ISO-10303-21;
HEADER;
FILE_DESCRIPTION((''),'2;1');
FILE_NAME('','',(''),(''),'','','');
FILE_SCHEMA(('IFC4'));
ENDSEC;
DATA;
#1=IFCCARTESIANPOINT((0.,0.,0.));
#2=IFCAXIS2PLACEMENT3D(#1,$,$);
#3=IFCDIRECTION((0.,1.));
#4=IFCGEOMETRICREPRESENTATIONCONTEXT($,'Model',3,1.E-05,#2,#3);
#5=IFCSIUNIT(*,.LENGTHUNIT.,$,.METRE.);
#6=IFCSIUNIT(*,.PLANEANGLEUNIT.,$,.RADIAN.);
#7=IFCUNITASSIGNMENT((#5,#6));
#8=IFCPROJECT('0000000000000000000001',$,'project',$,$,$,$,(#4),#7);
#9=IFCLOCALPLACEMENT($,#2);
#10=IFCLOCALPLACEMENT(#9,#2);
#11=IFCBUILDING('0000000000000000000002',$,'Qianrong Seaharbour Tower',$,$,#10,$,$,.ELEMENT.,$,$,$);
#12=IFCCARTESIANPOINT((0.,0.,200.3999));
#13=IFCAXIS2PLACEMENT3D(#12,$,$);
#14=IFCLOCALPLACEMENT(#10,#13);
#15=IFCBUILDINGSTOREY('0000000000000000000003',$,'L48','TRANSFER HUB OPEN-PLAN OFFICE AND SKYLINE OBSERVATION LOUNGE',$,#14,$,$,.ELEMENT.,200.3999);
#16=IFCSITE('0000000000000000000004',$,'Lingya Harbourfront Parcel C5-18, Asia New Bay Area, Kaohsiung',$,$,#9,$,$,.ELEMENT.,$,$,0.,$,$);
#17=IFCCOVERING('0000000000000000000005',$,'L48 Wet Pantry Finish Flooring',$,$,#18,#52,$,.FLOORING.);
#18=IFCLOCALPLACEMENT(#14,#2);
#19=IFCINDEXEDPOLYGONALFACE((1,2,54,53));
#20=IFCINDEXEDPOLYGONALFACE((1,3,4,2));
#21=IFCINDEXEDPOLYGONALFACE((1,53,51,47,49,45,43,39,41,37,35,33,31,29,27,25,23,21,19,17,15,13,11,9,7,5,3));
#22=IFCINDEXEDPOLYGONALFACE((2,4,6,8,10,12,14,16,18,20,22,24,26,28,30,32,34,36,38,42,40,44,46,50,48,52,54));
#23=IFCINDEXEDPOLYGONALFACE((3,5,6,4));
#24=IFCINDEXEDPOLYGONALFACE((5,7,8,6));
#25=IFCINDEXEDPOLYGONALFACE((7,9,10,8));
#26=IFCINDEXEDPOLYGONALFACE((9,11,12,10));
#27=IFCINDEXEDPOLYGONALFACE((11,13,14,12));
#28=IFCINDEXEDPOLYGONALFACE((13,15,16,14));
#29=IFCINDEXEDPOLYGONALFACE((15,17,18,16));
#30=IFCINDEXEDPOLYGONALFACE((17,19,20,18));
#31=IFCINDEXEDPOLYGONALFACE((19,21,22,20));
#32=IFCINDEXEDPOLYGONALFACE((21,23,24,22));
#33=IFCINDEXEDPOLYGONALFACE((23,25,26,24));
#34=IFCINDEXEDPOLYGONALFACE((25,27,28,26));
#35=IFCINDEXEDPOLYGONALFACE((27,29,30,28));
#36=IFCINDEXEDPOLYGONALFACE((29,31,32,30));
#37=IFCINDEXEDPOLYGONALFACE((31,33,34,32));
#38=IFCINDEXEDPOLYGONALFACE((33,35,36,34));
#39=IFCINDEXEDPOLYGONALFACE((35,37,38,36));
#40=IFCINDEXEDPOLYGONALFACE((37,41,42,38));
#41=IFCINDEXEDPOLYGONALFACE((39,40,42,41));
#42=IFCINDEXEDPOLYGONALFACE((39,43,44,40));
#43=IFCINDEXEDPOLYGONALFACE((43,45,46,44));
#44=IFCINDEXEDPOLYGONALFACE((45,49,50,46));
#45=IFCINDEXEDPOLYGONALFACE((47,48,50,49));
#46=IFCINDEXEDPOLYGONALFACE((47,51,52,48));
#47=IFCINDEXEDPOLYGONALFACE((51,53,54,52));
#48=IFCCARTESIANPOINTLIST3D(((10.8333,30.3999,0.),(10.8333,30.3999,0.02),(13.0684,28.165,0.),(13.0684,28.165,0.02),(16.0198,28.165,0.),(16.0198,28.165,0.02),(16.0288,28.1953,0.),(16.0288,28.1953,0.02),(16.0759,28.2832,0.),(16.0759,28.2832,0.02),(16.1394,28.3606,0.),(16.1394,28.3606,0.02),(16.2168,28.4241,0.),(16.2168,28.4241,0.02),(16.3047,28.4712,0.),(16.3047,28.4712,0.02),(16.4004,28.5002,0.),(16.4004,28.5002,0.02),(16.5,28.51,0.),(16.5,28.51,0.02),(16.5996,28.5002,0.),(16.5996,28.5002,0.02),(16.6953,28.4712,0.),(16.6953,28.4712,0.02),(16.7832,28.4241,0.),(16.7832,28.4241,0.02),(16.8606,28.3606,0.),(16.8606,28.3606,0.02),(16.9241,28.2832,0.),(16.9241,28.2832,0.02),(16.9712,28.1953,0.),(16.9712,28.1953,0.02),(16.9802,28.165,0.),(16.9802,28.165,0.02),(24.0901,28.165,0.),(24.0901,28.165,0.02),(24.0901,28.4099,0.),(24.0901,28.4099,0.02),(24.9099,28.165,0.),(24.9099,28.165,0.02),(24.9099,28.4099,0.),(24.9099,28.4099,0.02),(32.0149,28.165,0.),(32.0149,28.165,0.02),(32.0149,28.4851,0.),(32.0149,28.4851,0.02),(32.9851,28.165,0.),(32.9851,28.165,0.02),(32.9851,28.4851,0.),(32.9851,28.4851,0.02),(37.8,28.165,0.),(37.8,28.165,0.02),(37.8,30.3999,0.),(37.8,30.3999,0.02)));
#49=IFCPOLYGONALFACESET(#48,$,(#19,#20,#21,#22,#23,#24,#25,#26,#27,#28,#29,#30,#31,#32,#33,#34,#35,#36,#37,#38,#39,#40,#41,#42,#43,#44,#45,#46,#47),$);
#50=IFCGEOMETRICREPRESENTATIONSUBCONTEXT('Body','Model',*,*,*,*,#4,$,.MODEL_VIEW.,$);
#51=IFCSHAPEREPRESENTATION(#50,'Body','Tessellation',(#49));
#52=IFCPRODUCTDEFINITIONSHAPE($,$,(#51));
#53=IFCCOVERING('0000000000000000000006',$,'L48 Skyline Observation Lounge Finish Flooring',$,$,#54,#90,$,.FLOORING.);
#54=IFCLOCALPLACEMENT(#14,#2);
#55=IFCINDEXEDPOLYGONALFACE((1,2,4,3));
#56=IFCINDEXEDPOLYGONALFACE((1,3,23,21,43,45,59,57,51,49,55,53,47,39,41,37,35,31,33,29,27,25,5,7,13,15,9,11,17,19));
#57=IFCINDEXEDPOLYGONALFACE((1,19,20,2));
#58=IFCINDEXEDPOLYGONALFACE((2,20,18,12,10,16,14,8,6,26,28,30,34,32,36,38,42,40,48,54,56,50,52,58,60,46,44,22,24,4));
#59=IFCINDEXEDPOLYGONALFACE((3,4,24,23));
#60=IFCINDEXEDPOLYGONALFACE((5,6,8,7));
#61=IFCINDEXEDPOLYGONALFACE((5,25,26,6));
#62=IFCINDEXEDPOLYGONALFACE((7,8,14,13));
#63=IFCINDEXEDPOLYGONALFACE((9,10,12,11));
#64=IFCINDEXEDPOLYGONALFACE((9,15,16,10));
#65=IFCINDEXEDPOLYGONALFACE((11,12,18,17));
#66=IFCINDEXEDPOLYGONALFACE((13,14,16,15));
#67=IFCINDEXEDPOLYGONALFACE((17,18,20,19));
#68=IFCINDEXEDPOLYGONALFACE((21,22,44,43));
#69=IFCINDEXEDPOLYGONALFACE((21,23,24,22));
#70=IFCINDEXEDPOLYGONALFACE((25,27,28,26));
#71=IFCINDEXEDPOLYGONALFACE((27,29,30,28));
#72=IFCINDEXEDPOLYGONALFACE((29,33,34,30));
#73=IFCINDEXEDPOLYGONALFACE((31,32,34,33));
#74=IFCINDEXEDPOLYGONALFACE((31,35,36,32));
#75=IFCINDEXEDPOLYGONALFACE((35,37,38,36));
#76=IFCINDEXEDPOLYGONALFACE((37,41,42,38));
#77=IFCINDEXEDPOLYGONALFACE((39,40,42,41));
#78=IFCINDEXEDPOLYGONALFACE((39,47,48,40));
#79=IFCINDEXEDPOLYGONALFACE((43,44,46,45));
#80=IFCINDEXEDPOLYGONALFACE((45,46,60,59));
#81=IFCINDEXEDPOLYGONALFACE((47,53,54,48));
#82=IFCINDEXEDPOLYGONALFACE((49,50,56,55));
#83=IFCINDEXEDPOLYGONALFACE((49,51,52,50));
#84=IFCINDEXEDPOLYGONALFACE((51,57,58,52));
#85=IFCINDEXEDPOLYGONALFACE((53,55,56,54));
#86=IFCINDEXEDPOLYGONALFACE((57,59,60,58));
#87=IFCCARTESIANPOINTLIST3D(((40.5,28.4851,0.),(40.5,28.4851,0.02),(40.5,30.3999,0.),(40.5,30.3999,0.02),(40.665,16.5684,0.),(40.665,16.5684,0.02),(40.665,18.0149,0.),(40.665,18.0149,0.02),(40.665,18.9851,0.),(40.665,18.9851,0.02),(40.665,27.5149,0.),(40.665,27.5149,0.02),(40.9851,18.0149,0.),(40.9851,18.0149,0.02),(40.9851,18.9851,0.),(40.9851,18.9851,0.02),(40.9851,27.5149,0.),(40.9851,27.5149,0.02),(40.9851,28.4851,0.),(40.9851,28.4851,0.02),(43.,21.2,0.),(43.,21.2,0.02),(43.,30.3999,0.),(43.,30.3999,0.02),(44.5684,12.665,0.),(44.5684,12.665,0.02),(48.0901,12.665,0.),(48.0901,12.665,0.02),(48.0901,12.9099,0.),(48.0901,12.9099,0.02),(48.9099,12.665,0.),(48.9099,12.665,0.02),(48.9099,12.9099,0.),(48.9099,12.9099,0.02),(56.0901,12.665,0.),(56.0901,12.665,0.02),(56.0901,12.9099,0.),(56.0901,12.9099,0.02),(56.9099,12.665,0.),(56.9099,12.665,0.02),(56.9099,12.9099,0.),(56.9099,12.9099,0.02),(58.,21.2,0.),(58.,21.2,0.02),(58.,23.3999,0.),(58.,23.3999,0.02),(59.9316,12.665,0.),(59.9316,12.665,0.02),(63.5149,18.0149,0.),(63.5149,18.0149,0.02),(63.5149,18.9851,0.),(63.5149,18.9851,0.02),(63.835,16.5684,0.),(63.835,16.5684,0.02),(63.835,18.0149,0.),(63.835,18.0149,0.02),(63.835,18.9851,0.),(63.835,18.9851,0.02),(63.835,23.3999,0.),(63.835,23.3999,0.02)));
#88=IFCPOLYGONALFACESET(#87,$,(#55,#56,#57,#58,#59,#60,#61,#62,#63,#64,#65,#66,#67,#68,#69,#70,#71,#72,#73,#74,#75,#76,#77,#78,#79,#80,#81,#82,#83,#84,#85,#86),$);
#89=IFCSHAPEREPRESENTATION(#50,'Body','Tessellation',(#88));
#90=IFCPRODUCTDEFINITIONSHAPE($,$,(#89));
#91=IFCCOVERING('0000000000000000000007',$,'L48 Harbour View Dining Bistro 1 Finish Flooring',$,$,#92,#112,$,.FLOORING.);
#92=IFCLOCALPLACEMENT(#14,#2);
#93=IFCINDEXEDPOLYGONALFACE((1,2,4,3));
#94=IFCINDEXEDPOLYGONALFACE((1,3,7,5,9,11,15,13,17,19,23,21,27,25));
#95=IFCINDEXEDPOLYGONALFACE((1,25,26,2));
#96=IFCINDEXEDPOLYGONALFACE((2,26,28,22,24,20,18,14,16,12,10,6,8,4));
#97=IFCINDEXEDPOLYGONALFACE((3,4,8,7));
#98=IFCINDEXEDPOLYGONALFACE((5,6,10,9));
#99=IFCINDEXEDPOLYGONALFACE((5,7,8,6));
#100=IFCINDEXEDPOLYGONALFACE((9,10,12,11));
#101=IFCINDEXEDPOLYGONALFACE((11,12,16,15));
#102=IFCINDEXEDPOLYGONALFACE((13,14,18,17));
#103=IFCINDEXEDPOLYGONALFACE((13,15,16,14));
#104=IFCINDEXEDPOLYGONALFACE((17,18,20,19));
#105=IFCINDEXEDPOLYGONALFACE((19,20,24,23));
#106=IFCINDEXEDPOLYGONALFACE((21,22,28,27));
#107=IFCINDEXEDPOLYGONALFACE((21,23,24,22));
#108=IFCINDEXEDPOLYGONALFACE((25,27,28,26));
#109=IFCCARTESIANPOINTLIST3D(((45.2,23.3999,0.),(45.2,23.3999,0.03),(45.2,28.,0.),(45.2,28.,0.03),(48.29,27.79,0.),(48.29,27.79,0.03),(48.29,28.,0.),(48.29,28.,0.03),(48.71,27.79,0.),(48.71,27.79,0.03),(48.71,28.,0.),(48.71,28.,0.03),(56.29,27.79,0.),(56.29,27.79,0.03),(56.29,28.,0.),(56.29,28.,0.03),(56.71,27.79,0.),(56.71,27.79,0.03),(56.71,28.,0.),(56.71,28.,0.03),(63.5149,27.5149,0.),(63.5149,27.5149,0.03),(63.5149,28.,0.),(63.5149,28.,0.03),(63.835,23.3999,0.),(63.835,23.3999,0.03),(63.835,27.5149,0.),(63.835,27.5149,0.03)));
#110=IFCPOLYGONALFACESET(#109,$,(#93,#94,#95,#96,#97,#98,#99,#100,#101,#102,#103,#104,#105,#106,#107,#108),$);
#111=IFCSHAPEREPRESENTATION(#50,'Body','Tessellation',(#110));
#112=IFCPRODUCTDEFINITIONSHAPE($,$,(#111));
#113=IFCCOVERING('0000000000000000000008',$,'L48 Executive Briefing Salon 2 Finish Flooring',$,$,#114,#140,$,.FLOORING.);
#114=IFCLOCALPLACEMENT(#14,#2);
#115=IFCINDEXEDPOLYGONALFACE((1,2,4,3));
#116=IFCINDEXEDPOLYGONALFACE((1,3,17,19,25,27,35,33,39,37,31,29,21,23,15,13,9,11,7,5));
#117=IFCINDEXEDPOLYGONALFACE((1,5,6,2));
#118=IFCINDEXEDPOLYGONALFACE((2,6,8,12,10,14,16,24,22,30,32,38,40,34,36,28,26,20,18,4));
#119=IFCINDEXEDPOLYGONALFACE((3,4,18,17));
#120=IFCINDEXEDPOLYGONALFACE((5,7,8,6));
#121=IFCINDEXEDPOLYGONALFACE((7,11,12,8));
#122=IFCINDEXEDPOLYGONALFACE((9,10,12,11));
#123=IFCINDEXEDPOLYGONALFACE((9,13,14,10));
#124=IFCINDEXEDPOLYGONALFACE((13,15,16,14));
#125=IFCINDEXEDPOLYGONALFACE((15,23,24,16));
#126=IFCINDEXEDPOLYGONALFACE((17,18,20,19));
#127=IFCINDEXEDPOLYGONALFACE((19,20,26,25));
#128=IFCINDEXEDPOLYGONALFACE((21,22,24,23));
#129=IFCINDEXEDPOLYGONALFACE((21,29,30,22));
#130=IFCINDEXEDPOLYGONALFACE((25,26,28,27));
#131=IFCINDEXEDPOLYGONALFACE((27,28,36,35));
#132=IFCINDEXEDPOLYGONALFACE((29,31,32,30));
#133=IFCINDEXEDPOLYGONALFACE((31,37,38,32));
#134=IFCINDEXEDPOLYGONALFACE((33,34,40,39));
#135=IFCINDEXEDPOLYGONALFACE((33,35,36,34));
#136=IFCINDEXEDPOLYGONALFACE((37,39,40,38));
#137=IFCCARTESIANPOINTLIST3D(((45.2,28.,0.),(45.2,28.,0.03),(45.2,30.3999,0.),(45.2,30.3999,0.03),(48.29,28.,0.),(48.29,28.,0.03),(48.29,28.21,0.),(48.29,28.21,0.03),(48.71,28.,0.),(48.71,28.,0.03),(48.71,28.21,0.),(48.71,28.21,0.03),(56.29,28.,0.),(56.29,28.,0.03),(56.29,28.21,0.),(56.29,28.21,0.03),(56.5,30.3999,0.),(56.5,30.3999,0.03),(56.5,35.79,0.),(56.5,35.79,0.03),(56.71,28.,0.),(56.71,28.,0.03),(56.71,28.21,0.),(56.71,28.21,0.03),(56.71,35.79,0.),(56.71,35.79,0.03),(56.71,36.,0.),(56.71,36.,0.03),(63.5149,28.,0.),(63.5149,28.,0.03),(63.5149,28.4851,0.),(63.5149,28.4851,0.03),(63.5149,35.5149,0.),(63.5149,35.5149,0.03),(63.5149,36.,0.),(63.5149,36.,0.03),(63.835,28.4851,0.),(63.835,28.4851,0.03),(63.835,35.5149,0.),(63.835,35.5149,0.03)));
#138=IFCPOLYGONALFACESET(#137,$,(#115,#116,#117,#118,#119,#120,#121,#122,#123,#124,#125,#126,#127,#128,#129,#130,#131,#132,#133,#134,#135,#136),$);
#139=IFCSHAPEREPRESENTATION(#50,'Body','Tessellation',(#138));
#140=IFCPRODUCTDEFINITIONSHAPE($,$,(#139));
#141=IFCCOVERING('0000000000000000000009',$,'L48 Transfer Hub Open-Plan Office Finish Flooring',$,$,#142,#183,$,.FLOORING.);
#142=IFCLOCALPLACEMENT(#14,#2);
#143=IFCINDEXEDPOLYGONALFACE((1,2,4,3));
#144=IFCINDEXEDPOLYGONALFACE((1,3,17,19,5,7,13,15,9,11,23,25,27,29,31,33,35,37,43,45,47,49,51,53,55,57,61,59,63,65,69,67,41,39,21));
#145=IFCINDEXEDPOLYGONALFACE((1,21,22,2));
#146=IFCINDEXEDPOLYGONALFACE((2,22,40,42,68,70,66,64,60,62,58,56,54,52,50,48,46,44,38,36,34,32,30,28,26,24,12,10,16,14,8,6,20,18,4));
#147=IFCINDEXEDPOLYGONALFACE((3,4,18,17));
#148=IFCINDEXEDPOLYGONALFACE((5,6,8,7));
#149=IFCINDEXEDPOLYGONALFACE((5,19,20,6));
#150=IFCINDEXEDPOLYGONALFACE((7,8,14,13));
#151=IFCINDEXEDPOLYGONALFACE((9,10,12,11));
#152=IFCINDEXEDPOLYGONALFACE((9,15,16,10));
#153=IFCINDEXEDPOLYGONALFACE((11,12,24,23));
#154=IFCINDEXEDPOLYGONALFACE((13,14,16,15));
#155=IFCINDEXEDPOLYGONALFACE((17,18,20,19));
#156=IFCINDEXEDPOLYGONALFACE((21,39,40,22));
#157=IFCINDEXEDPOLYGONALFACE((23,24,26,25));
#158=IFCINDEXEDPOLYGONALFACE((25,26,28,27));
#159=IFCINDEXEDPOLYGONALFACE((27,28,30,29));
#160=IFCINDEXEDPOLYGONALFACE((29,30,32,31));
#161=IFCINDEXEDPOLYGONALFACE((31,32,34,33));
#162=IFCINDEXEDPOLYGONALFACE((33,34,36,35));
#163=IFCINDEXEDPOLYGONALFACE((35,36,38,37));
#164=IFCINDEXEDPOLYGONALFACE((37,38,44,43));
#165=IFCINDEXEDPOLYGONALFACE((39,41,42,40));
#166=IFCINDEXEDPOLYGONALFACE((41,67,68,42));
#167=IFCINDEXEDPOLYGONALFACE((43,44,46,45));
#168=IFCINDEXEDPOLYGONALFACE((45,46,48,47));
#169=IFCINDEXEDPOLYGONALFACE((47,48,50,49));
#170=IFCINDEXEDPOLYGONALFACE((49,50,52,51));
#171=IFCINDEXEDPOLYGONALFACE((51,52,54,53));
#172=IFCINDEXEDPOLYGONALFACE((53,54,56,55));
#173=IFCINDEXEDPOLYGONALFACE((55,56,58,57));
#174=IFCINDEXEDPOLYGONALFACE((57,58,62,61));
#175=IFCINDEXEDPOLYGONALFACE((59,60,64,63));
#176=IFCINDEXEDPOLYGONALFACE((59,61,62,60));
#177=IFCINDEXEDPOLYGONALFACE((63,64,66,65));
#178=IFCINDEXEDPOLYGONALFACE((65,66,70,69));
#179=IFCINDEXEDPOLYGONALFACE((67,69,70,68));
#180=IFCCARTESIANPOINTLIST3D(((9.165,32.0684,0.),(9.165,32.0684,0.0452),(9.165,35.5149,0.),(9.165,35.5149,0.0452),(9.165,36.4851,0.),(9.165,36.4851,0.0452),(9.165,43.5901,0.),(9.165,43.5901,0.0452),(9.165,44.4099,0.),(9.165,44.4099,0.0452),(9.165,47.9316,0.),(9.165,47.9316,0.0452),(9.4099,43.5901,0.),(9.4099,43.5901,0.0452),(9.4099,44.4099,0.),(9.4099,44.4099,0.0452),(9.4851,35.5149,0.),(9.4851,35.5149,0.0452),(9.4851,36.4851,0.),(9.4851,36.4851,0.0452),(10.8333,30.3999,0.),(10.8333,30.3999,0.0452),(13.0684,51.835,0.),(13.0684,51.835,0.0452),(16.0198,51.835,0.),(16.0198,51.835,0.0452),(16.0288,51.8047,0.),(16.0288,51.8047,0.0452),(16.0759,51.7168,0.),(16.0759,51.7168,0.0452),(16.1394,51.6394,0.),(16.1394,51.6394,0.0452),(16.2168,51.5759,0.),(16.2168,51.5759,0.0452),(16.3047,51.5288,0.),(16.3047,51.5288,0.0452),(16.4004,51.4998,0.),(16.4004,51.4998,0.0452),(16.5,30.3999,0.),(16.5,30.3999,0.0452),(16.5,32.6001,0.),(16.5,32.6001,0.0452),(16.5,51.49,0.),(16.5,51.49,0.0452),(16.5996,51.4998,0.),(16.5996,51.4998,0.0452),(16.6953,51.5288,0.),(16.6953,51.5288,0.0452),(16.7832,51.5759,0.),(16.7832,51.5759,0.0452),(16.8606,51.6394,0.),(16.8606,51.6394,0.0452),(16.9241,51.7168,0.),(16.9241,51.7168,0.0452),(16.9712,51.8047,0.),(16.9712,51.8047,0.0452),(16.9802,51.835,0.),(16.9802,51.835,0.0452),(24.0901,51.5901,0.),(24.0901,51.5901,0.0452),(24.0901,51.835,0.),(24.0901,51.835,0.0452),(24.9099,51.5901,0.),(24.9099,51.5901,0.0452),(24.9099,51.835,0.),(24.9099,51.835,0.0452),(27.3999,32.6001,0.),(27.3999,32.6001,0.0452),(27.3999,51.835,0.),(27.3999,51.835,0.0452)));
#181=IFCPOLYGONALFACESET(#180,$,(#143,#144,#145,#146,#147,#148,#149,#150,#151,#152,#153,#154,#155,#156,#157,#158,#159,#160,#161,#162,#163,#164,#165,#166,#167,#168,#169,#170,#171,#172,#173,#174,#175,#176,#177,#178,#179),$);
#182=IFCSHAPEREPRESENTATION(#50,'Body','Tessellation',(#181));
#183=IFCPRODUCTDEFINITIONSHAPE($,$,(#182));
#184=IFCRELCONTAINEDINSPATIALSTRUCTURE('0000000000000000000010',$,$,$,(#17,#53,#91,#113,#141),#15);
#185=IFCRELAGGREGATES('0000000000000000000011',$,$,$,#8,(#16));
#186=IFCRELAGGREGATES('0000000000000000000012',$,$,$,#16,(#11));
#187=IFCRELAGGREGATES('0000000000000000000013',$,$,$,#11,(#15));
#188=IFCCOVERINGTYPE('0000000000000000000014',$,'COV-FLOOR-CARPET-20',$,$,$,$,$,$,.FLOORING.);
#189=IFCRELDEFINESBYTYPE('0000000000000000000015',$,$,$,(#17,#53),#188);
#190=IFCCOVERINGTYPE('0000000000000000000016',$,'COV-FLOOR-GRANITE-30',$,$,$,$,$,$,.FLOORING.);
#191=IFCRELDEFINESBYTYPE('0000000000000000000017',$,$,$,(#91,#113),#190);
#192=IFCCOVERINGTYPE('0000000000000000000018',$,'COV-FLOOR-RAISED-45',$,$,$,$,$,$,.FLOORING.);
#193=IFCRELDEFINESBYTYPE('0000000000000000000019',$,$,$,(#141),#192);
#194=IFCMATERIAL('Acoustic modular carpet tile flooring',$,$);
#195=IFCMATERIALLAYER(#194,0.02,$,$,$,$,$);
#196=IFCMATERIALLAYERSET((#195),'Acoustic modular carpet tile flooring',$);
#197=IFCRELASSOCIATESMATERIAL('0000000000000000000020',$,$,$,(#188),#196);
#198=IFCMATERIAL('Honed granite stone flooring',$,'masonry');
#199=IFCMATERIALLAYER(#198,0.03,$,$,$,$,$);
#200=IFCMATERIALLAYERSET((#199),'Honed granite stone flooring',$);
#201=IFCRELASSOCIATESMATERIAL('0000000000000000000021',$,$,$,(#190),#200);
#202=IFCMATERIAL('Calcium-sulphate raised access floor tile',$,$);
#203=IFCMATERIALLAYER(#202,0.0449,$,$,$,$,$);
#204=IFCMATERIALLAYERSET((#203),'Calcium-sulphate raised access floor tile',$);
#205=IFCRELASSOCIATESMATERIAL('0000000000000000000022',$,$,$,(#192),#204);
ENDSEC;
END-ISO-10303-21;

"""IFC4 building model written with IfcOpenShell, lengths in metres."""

from ifc_helpers import new_model, si_unit, direction, frame, origin, place, context, subcontext, project, spatial, polyline, outline, extrude, material, layer, layer_set, type_object, element, save


model = new_model("IFC4")

# Units and contexts
model_context = context("Model", 3, precision=1e-05, world=origin(), true_north=direction((0.0, 1.0)))
body_context = subcontext(model_context, "Body", "Model", "MODEL_VIEW")
ifc_project = project(units=[si_unit("LENGTHUNIT", "METRE"), si_unit("PLANEANGLEUNIT", "RADIAN")], contexts=[model_context])

# Site, building, storey
site_placement = place(None, origin())
site = spatial("IfcSite", under=ifc_project, at=site_placement, Name="Lingya Harbourfront Parcel C5-18, Asia New Bay Area, Kaohsiung", CompositionType="ELEMENT", RefElevation=0.0)
building_placement = place(site_placement, origin())
building = spatial("IfcBuilding", under=site, at=building_placement, Name="Qianrong Seaharbour Tower", CompositionType="ELEMENT")
storey_placement = place(building_placement, frame((0.0, 0.0, 200.3999)))
storey = spatial("IfcBuildingStorey", under=building, at=storey_placement, Name="L48", Description="TRANSFER HUB OPEN-PLAN OFFICE AND SKYLINE OBSERVATION LOUNGE", CompositionType="ELEMENT", Elevation=200.3999)

# Coverings
ifc_material_1 = material(Name="Acoustic modular carpet tile flooring")
ifc_layer_1 = layer(ifc_material_1, 0.02)
ifc_layer_set_1 = layer_set([ifc_layer_1], Name="Acoustic modular carpet tile flooring")
covering_type_1 = type_object("IfcCoveringType", Name="COV-FLOOR-CARPET-20", PredefinedType="FLOORING", material=ifc_layer_set_1)
covering_1_placement = place(storey_placement, origin())
element("IfcCovering", 1, at=covering_1_placement, inside=storey, type_object=covering_type_1, Name="L48 Wet Pantry Finish Flooring", PredefinedType="FLOORING", context=body_context, shape_type="SweptSolid", body=[
    extrude(outline(polyline([(32.9851, 28.165), (32.9851, 28.4851), (32.0149, 28.4851), (32.0149, 28.165), (24.9099, 28.165), (24.9099, 28.4099), (24.0901, 28.4099), (24.0901, 28.165), (16.9802, 28.165), (16.9712, 28.1953), (16.9241, 28.2832), (16.8606, 28.3606), (16.7832, 28.4241), (16.6953, 28.4712), (16.5996, 28.5002), (16.5, 28.51), (16.4004, 28.5002), (16.3047, 28.4712), (16.2168, 28.4241), (16.1394, 28.3606), (16.0759, 28.2832), (16.0288, 28.1953), (16.0198, 28.165), (13.0684, 28.165), (10.8333, 30.3999), (37.8, 30.3999), (37.8, 28.165), (32.9851, 28.165)])), origin(), (0.0, 0.0, 1.0), 0.02),
])
covering_2_placement = place(storey_placement, origin())
element("IfcCovering", 2, at=covering_2_placement, inside=storey, type_object=covering_type_1, Name="L48 Skyline Observation Lounge Finish Flooring", PredefinedType="FLOORING", context=body_context, shape_type="SweptSolid", body=[
    extrude(outline(polyline([(43.0, 21.2), (58.0, 21.2), (58.0, 23.3999), (63.835, 23.3999), (63.835, 18.9851), (63.5149, 18.9851), (63.5149, 18.0149), (63.835, 18.0149), (63.835, 16.5684), (59.9316, 12.665), (56.9099, 12.665), (56.9099, 12.9099), (56.0901, 12.9099), (56.0901, 12.665), (48.9099, 12.665), (48.9099, 12.9099), (48.0901, 12.9099), (48.0901, 12.665), (44.5684, 12.665), (40.665, 16.5684), (40.665, 18.0149), (40.9851, 18.0149), (40.9851, 18.9851), (40.665, 18.9851), (40.665, 27.5149), (40.9851, 27.5149), (40.9851, 28.4851), (40.5, 28.4851), (40.5, 30.3999), (43.0, 30.3999), (43.0, 21.2)])), origin(), (0.0, 0.0, 1.0), 0.02),
])
ifc_material_2 = material(Name="Honed granite stone flooring", Category="masonry")
ifc_layer_2 = layer(ifc_material_2, 0.03)
ifc_layer_set_2 = layer_set([ifc_layer_2], Name="Honed granite stone flooring")
covering_type_2 = type_object("IfcCoveringType", Name="COV-FLOOR-GRANITE-30", PredefinedType="FLOORING", material=ifc_layer_set_2)
covering_3_placement = place(storey_placement, origin())
element("IfcCovering", 3, at=covering_3_placement, inside=storey, type_object=covering_type_2, Name="L48 Harbour View Dining Bistro 1 Finish Flooring", PredefinedType="FLOORING", context=body_context, shape_type="SweptSolid", body=[
    extrude(outline(polyline([(48.29, 28.0), (48.29, 27.79), (48.71, 27.79), (48.71, 28.0), (56.29, 28.0), (56.29, 27.79), (56.71, 27.79), (56.71, 28.0), (63.5149, 28.0), (63.5149, 27.5149), (63.835, 27.5149), (63.835, 23.3999), (45.2, 23.3999), (45.2, 28.0), (48.29, 28.0)])), origin(), (0.0, 0.0, 1.0), 0.03),
])
covering_4_placement = place(storey_placement, origin())
element("IfcCovering", 4, at=covering_4_placement, inside=storey, type_object=covering_type_2, Name="L48 Executive Briefing Salon 2 Finish Flooring", PredefinedType="FLOORING", context=body_context, shape_type="SweptSolid", body=[
    extrude(outline(polyline([(56.5, 30.3999), (56.5, 35.79), (56.71, 35.79), (56.71, 36.0), (63.5149, 36.0), (63.5149, 35.5149), (63.835, 35.5149), (63.835, 28.4851), (63.5149, 28.4851), (63.5149, 28.0), (56.71, 28.0), (56.71, 28.21), (56.29, 28.21), (56.29, 28.0), (48.71, 28.0), (48.71, 28.21), (48.29, 28.21), (48.29, 28.0), (45.2, 28.0), (45.2, 30.3999), (56.5, 30.3999)])), origin(), (0.0, 0.0, 1.0), 0.03),
])
ifc_material_3 = material(Name="Calcium-sulphate raised access floor tile")
ifc_layer_3 = layer(ifc_material_3, 0.0449)
ifc_layer_set_3 = layer_set([ifc_layer_3], Name="Calcium-sulphate raised access floor tile")
covering_type_3 = type_object("IfcCoveringType", Name="COV-FLOOR-RAISED-45", PredefinedType="FLOORING", material=ifc_layer_set_3)
covering_5_placement = place(storey_placement, origin())
element("IfcCovering", 5, at=covering_5_placement, inside=storey, type_object=covering_type_3, Name="L48 Transfer Hub Open-Plan Office Finish Flooring", PredefinedType="FLOORING", context=body_context, shape_type="SweptSolid", body=[
    extrude(outline(polyline([(9.165, 32.0684), (9.165, 35.5149), (9.4851, 35.5149), (9.4851, 36.4851), (9.165, 36.4851), (9.165, 43.5901), (9.4099, 43.5901), (9.4099, 44.4099), (9.165, 44.4099), (9.165, 47.9316), (13.0684, 51.835), (16.0198, 51.835), (16.0288, 51.8047), (16.0759, 51.7168), (16.1394, 51.6394), (16.2168, 51.5759), (16.3047, 51.5288), (16.4004, 51.4998), (16.5, 51.49), (16.5996, 51.4998), (16.6953, 51.5288), (16.7832, 51.5759), (16.8606, 51.6394), (16.9241, 51.7168), (16.9712, 51.8047), (16.9802, 51.835), (24.0901, 51.835), (24.0901, 51.5901), (24.9099, 51.5901), (24.9099, 51.835), (27.3999, 51.835), (27.3999, 32.6001), (16.5, 32.6001), (16.5, 30.3999), (10.8333, 30.3999), (9.165, 32.0684)])), origin(), (0.0, 0.0, 1.0), 0.0452),
])

save(model, "model.ifc")
